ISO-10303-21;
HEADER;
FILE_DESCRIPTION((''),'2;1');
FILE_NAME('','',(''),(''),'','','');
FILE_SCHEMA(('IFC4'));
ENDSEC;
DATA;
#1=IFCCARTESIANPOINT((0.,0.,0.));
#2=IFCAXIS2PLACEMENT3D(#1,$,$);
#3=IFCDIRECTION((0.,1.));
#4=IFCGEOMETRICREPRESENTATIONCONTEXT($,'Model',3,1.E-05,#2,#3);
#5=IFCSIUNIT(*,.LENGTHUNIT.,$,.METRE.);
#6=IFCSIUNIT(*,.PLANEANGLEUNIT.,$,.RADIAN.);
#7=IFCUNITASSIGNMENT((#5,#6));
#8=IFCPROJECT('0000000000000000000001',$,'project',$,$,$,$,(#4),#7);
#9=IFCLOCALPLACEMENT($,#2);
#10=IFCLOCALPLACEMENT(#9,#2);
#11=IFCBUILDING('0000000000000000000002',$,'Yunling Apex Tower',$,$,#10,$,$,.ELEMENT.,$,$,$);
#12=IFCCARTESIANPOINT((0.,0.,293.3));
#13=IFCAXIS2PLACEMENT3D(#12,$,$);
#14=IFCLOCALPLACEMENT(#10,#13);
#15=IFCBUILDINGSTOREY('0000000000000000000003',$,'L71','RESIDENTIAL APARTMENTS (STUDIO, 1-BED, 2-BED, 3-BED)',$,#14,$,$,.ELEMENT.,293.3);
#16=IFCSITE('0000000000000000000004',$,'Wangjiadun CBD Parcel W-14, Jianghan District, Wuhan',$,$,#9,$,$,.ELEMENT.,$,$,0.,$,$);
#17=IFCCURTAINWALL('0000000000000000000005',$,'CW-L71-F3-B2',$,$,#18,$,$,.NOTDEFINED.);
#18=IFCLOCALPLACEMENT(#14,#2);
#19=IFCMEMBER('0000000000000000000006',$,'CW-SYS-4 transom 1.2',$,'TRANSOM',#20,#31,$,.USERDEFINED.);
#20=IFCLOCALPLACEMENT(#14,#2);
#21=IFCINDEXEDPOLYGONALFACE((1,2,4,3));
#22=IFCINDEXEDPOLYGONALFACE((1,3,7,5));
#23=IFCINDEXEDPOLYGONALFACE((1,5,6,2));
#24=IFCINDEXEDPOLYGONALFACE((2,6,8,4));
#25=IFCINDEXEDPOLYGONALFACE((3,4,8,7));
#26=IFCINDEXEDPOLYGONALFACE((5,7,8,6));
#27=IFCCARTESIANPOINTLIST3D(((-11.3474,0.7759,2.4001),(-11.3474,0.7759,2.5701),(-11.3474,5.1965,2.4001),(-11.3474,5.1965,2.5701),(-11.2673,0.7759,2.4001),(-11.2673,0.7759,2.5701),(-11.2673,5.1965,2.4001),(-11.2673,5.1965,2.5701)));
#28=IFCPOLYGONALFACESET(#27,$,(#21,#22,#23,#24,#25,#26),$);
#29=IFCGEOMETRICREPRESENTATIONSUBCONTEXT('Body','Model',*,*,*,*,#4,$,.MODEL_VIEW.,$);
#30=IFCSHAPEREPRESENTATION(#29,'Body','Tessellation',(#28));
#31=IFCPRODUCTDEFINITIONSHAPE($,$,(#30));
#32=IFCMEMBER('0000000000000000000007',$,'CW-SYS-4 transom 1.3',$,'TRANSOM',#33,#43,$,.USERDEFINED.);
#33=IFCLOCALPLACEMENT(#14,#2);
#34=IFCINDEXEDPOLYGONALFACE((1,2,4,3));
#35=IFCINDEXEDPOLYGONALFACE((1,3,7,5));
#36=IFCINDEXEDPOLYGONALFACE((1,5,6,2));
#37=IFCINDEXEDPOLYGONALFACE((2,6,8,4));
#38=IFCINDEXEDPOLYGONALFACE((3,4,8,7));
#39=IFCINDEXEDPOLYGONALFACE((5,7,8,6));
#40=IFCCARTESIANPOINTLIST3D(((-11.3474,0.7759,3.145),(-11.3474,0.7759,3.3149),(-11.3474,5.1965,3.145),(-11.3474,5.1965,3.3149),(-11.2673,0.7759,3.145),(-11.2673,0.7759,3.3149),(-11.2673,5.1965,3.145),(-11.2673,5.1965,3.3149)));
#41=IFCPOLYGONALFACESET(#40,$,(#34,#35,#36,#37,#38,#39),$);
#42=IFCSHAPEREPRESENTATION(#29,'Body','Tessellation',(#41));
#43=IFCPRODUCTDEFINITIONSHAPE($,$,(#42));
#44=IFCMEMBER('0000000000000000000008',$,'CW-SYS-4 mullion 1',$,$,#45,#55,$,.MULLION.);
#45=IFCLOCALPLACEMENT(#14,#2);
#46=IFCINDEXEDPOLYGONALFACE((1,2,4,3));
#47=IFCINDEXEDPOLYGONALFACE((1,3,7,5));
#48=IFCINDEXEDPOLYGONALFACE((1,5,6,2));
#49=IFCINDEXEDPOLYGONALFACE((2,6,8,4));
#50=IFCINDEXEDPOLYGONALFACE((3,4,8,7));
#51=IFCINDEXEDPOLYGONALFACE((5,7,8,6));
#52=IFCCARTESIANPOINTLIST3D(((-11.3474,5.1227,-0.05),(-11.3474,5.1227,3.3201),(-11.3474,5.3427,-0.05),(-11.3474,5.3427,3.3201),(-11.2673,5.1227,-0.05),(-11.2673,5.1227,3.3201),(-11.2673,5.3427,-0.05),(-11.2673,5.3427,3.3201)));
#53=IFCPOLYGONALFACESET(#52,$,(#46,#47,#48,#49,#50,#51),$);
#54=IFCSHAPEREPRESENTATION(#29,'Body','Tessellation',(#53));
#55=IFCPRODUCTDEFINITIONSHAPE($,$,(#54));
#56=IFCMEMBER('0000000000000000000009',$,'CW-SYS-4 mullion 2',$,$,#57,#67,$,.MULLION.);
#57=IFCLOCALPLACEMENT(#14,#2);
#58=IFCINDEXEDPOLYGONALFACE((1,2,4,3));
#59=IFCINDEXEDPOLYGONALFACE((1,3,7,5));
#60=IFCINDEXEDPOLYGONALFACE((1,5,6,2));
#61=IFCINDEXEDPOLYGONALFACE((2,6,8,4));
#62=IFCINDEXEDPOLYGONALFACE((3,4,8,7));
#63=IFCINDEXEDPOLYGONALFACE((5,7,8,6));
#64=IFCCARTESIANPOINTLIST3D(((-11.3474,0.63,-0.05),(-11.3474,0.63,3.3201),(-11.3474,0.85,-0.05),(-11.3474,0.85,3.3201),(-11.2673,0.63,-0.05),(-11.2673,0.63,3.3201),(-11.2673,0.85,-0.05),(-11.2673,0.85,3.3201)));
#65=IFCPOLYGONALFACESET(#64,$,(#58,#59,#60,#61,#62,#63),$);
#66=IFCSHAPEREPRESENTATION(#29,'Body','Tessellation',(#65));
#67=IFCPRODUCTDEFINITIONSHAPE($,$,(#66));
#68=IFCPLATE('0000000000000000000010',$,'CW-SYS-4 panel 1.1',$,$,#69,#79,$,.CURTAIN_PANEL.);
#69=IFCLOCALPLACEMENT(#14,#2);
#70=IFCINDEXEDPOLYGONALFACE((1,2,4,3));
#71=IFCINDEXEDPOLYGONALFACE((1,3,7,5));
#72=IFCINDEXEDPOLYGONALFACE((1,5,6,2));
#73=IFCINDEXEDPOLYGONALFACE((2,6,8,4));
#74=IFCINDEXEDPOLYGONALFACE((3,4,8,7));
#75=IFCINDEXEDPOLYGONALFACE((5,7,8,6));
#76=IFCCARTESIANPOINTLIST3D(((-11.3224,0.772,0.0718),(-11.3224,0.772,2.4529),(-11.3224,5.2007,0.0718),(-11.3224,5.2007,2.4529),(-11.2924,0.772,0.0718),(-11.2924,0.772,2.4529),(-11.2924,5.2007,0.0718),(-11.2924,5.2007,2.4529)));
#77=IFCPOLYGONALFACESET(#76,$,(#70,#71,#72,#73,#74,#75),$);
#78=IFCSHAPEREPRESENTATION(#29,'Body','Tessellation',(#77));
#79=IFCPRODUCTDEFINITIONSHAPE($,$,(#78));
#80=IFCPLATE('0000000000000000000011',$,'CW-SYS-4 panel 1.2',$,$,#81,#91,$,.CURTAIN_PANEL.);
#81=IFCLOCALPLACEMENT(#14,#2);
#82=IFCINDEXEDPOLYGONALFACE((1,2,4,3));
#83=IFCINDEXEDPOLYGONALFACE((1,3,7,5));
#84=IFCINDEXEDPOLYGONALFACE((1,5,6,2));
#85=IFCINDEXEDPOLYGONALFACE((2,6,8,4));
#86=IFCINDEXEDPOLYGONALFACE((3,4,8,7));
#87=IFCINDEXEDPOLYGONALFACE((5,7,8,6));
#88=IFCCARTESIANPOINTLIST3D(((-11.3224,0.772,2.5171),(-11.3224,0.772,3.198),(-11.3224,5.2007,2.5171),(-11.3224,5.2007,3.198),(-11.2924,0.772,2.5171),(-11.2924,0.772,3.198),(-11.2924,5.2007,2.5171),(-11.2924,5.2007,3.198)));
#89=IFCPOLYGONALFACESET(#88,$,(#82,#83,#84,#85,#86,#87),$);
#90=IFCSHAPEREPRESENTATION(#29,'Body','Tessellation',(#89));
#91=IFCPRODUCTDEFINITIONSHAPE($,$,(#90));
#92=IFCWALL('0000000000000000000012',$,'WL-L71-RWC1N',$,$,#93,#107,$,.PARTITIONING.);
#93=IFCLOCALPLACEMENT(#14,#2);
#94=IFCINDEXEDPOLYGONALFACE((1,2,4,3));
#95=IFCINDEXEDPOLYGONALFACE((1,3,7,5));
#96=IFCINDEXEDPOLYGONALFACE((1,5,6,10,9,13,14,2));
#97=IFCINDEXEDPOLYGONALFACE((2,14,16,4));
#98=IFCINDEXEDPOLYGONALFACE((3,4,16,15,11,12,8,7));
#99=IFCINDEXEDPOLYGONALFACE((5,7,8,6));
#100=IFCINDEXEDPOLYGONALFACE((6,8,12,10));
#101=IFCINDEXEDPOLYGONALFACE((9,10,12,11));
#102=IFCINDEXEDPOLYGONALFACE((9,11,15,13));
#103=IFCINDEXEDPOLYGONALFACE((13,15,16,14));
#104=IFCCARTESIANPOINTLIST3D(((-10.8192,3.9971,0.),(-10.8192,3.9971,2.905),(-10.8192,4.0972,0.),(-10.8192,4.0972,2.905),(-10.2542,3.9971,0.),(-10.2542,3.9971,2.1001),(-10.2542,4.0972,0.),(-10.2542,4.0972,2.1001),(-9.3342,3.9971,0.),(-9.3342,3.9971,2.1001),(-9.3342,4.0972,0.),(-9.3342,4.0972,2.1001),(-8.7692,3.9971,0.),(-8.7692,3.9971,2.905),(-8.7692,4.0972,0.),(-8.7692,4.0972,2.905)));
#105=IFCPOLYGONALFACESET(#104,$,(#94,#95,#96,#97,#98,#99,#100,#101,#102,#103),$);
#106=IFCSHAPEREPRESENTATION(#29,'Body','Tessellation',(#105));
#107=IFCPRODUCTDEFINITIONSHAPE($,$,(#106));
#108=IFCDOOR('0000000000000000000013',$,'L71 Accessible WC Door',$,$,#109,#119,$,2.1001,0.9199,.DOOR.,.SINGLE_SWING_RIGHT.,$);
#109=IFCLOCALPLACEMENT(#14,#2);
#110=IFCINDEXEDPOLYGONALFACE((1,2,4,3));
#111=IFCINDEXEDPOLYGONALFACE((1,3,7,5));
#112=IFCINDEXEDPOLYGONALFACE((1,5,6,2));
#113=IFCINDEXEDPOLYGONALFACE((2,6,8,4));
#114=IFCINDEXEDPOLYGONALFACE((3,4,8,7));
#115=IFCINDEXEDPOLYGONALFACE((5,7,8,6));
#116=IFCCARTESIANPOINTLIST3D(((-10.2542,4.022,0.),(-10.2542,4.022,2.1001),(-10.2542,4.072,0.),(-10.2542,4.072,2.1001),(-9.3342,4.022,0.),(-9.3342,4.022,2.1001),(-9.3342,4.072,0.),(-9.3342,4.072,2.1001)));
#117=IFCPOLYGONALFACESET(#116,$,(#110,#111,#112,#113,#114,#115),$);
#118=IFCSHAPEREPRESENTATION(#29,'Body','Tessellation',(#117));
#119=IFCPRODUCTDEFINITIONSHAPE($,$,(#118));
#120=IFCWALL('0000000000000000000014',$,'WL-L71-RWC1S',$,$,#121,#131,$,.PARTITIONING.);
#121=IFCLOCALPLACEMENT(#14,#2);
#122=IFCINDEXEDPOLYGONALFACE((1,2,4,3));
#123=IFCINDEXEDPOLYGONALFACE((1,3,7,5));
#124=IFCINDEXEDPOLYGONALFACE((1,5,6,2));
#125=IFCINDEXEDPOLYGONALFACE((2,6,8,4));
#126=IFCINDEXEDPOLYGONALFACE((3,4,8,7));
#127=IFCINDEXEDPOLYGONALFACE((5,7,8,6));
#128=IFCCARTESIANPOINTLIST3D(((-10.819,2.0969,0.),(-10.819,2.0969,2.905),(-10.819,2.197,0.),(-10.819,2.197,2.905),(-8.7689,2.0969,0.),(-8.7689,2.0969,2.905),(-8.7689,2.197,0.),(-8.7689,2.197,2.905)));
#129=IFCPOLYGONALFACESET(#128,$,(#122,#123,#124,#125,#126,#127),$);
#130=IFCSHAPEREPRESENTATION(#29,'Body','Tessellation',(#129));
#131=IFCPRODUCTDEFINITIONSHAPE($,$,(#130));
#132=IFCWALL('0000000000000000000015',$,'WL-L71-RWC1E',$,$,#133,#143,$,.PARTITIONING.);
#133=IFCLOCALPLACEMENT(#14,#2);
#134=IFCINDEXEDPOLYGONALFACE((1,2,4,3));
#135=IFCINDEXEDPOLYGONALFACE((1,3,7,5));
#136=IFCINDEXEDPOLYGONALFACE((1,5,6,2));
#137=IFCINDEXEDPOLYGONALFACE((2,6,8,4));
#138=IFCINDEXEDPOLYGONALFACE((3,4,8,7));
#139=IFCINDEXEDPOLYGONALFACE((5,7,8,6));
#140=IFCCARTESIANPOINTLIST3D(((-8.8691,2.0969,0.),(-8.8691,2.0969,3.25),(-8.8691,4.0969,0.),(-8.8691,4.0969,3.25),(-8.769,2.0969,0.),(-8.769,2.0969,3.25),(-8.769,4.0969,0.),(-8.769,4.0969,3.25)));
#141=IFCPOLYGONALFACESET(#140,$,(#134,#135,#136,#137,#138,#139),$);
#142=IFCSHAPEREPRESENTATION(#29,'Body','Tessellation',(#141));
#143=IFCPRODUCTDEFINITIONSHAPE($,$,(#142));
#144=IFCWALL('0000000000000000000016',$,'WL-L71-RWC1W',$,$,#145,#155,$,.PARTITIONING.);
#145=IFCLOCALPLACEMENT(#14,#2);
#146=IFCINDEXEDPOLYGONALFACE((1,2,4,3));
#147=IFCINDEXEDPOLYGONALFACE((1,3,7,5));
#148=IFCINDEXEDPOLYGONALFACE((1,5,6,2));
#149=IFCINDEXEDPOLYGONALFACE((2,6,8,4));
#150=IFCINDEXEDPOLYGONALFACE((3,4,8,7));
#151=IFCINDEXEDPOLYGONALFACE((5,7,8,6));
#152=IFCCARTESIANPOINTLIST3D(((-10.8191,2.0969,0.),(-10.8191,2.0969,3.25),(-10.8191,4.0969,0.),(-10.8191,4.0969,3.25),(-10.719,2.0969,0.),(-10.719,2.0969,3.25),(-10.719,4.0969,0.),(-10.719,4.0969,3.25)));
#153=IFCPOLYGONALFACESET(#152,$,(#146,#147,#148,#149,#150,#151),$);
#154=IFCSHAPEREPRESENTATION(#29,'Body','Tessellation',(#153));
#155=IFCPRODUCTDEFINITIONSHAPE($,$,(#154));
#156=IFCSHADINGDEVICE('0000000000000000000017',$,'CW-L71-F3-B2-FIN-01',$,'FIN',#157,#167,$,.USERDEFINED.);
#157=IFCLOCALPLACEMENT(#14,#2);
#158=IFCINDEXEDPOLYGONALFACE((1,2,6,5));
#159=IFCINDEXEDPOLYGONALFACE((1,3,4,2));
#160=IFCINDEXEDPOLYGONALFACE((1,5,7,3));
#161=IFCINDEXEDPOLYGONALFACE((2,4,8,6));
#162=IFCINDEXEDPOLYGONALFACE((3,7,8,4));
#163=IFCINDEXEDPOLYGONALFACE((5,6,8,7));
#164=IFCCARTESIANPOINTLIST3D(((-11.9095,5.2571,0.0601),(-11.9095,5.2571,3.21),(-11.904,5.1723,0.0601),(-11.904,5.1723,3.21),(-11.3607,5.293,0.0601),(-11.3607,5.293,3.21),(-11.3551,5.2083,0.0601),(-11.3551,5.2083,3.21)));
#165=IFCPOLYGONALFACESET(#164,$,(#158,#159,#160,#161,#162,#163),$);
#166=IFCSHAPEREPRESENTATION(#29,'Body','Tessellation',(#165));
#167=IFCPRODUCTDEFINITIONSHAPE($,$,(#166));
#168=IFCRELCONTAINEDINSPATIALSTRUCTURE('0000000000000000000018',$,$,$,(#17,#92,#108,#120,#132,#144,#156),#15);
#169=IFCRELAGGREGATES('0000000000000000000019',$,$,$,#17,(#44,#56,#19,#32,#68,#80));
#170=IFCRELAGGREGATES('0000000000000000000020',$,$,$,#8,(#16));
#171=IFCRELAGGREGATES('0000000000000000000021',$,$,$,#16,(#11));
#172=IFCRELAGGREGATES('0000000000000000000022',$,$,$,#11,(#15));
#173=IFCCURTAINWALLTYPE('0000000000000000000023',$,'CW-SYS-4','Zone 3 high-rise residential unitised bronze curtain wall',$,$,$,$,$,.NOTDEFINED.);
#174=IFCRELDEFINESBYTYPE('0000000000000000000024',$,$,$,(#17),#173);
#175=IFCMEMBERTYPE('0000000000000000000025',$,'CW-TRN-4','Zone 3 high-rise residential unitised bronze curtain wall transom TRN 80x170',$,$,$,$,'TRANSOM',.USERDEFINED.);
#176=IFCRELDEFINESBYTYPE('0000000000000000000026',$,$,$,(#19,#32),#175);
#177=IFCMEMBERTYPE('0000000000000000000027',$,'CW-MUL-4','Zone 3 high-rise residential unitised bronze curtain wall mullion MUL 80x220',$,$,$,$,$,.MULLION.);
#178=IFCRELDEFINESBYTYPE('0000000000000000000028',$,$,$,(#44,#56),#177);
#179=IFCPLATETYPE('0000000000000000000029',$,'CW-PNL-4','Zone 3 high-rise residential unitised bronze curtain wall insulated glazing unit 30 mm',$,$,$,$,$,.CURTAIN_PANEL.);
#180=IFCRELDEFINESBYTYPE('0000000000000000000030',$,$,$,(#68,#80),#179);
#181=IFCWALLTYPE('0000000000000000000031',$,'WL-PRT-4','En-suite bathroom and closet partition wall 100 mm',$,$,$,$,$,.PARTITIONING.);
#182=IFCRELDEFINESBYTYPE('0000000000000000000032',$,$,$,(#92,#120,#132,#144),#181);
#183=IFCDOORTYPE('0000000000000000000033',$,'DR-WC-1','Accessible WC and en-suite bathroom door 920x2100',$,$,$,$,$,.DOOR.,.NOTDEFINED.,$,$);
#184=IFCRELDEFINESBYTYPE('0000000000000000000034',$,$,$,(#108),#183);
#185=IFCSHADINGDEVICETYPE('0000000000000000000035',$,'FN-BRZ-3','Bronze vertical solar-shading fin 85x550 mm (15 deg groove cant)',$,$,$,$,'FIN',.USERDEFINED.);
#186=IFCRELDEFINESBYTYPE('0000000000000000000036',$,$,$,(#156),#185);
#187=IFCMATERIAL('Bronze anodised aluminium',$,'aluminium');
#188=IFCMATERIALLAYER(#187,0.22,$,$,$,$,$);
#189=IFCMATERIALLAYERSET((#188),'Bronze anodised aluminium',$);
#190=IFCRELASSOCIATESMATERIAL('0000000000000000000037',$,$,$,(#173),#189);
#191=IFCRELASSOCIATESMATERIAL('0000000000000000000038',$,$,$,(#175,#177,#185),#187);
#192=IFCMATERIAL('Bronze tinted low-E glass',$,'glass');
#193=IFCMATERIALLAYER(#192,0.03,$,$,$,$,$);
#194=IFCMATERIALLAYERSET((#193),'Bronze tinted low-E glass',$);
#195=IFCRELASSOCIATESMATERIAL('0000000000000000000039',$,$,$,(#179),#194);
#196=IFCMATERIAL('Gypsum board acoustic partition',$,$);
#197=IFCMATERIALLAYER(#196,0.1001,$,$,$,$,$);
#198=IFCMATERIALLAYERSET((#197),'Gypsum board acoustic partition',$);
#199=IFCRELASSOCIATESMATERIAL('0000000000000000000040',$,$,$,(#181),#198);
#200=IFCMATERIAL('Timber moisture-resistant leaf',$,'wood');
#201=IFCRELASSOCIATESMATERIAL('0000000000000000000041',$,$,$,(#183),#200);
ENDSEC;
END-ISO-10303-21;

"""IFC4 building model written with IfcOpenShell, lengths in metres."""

from ifc_helpers import new_model, si_unit, direction, frame, frame_2d, origin, origin_2d, place, context, subcontext, project, spatial, rectangle, extrude, source, transform, mapped, material, layer, layer_set, material_profile, profile_set, type_object, element, fill, aggregate, save


model = new_model("IFC4")

# Units and contexts
model_context = context("Model", 3, precision=1e-05, world=origin(), true_north=direction((0.0, 1.0)))
body_context = subcontext(model_context, "Body", "Model", "MODEL_VIEW")
ifc_project = project(units=[si_unit("LENGTHUNIT", "METRE"), si_unit("PLANEANGLEUNIT", "RADIAN")], contexts=[model_context])

# Site, building, storey
site_placement = place(None, origin())
site = spatial("IfcSite", under=ifc_project, at=site_placement, Name="Wangjiadun CBD Parcel W-14, Jianghan District, Wuhan", CompositionType="ELEMENT", RefElevation=0.0)
building_placement = place(site_placement, origin())
building = spatial("IfcBuilding", under=site, at=building_placement, Name="Yunling Apex Tower", CompositionType="ELEMENT")
storey_placement = place(building_placement, frame((0.0, 0.0, 293.3)))
storey = spatial("IfcBuildingStorey", under=building, at=storey_placement, Name="L71", Description="RESIDENTIAL APARTMENTS (STUDIO, 1-BED, 2-BED, 3-BED)", CompositionType="ELEMENT", Elevation=293.3)

# Curtain wall, members, plates
ifc_material_1 = material(Name="Bronze anodised aluminium", Category="aluminium")
ifc_layer_1 = layer(ifc_material_1, 0.22)
ifc_layer_set_1 = layer_set([ifc_layer_1], Name="Bronze anodised aluminium")
curtain_wall_type = type_object("IfcCurtainWallType", Name="CW-SYS-4", Description="Zone 3 high-rise residential unitised bronze curtain wall", PredefinedType="NOTDEFINED", material=ifc_layer_set_1)
curtain_wall_placement = place(storey_placement, origin())
curtain_wall = element("IfcCurtainWall", 1, at=curtain_wall_placement, inside=storey, type_object=curtain_wall_type, Name="CW-L71-F3-B2", PredefinedType="NOTDEFINED")
ifc_material_profile_1 = material_profile(ifc_material_1, rectangle(XDim=0.0801, YDim=0.1699, at=origin_2d()))
ifc_profile_set_1 = profile_set([ifc_material_profile_1], Name="Bronze anodised aluminium")
member_type_1 = type_object("IfcMemberType", Name="CW-TRN-4", Description="Zone 3 high-rise residential unitised bronze curtain wall transom TRN 80x170", ElementType="TRANSOM", PredefinedType="USERDEFINED", material=ifc_profile_set_1)
shared_shape_1 = source(origin(), body_context, "Body", "SweptSolid", [
    extrude(rectangle(XDim=0.0801, YDim=0.1699, at=origin_2d()), origin(), (0.0, 0.0, 1.0), 4.4207),
])
member_1_placement = place(storey_placement, frame((-11.3074, 5.1965, 2.4851), z_axis=(0.0, -1.0, 0.0), x_axis=(1.0, 0.0, 0.0)))
member_1 = element("IfcMember", 2, at=member_1_placement, type_object=member_type_1, Name="CW-SYS-4 transom 1.2", ObjectType="TRANSOM", PredefinedType="USERDEFINED", context=body_context, shape_type="MappedRepresentation", body=[
    mapped(shared_shape_1, transform((0.0, 0.0, 0.0), scale=1.0)),
])
member_2_placement = place(storey_placement, frame((-11.3074, 5.1965, 3.23), z_axis=(0.0, -1.0, 0.0), x_axis=(1.0, 0.0, 0.0)))
member_2 = element("IfcMember", 3, at=member_2_placement, type_object=member_type_1, Name="CW-SYS-4 transom 1.3", ObjectType="TRANSOM", PredefinedType="USERDEFINED", context=body_context, shape_type="MappedRepresentation", body=[
    mapped(shared_shape_1, transform((0.0, 0.0, 0.0), scale=1.0)),
])
ifc_material_profile_2 = material_profile(ifc_material_1, rectangle(XDim=0.0801, YDim=0.22, at=origin_2d()))
ifc_profile_set_2 = profile_set([ifc_material_profile_2], Name="Bronze anodised aluminium")
member_type_2 = type_object("IfcMemberType", Name="CW-MUL-4", Description="Zone 3 high-rise residential unitised bronze curtain wall mullion MUL 80x220", PredefinedType="MULLION", material=ifc_profile_set_2)
shared_shape_2 = source(origin(), body_context, "Body", "SweptSolid", [
    extrude(rectangle(XDim=0.0801, YDim=0.22, at=origin_2d()), origin(), (0.0, 0.0, 1.0), 3.3701),
])
member_3_placement = place(storey_placement, frame((-11.3074, 5.2327, -0.05), z_axis=(0.0, 0.0, 1.0), x_axis=(1.0, 0.0, 0.0)))
member_3 = element("IfcMember", 4, at=member_3_placement, type_object=member_type_2, Name="CW-SYS-4 mullion 1", PredefinedType="MULLION", context=body_context, shape_type="MappedRepresentation", body=[
    mapped(shared_shape_2, transform((0.0, 0.0, 0.0), scale=1.0)),
])
member_4_placement = place(storey_placement, frame((-11.3074, 0.74, -0.05), z_axis=(0.0, 0.0, 1.0), x_axis=(1.0, 0.0, 0.0)))
member_4 = element("IfcMember", 5, at=member_4_placement, type_object=member_type_2, Name="CW-SYS-4 mullion 2", PredefinedType="MULLION", context=body_context, shape_type="MappedRepresentation", body=[
    mapped(shared_shape_2, transform((0.0, 0.0, 0.0), scale=1.0)),
])
ifc_material_2 = material(Name="Bronze tinted low-E glass", Category="glass")
ifc_layer_2 = layer(ifc_material_2, 0.03)
ifc_layer_set_2 = layer_set([ifc_layer_2], Name="Bronze tinted low-E glass")
plate_type = type_object("IfcPlateType", Name="CW-PNL-4", Description="Zone 3 high-rise residential unitised bronze curtain wall insulated glazing unit 30 mm", PredefinedType="CURTAIN_PANEL", material=ifc_layer_set_2)
shared_shape_3 = source(origin(), body_context, "Body", "SweptSolid", [
    extrude(rectangle(XDim=4.4287, YDim=0.03, at=origin_2d()), origin(), (0.0, 0.0, 1.0), 2.3811),
])
plate_1_placement = place(storey_placement, frame((-11.3074, 2.9863, 0.0718), z_axis=(0.0, 0.0, 1.0), x_axis=(0.0, -1.0, 0.0)))
plate_1 = element("IfcPlate", 6, at=plate_1_placement, type_object=plate_type, Name="CW-SYS-4 panel 1.1", PredefinedType="CURTAIN_PANEL", context=body_context, shape_type="MappedRepresentation", body=[
    mapped(shared_shape_3, transform((0.0, 0.0, 0.0), scale=1.0)),
])
shared_shape_4 = source(origin(), body_context, "Body", "SweptSolid", [
    extrude(rectangle(XDim=4.4287, YDim=0.03, at=origin_2d()), origin(), (0.0, 0.0, 1.0), 0.6809),
])
plate_2_placement = place(storey_placement, frame((-11.3074, 2.9863, 2.5171), z_axis=(0.0, 0.0, 1.0), x_axis=(0.0, -1.0, 0.0)))
plate_2 = element("IfcPlate", 7, at=plate_2_placement, type_object=plate_type, Name="CW-SYS-4 panel 1.2", PredefinedType="CURTAIN_PANEL", context=body_context, shape_type="MappedRepresentation", body=[
    mapped(shared_shape_4, transform((0.0, 0.0, 0.0), scale=1.0)),
])
aggregate(curtain_wall, [member_3, member_4, member_1, member_2, plate_1, plate_2])

# Wall, opening, door
ifc_material_3 = material(Name="Gypsum board acoustic partition")
ifc_layer_3 = layer(ifc_material_3, 0.1001)
ifc_layer_set_3 = layer_set([ifc_layer_3], Name="Gypsum board acoustic partition")
wall_type = type_object("IfcWallType", Name="WL-PRT-4", Description="En-suite bathroom and closet partition wall 100 mm", PredefinedType="PARTITIONING", material=ifc_layer_set_3)
wall_1_placement = place(storey_placement, frame((-10.8191, 4.0471, 0.0), z_axis=(0.0, 0.0, 1.0), x_axis=(1.0, 0.0, 0.0)))
wall_1 = element("IfcWall", 8, at=wall_1_placement, inside=storey, type_object=wall_type, Name="WL-L71-RWC1N", PredefinedType="PARTITIONING", context=body_context, shape_type="SweptSolid", body=[
    extrude(rectangle(XDim=2.05, YDim=0.1001, at=frame_2d((1.0249, 0.0))), origin(), (0.0, 0.0, 1.0), 2.905),
])
opening_placement = place(wall_1_placement, frame((0.5649, 0.0, 0.0)))
opening = element("IfcOpeningElement", 9, at=opening_placement, cuts=wall_1, PredefinedType="OPENING", context=body_context, shape_type="SweptSolid", body=[
    extrude(rectangle(XDim=0.9199, YDim=2.1001, at=frame_2d((0.46, 1.05))), frame((0.0, 0.0601, 0.0), z_axis=(0.0, -1.0, 0.0), x_axis=(1.0, 0.0, 0.0)), (0.0, 0.0, 1.0), 0.1201),
])
ifc_material_4 = material(Name="Timber moisture-resistant leaf", Category="wood")
door_type = type_object("IfcDoorType", Name="DR-WC-1", Description="Accessible WC and en-suite bathroom door 920x2100", OperationType="NOTDEFINED", PredefinedType="DOOR", material=ifc_material_4)
door_placement = place(opening_placement, origin())
door = element("IfcDoor", 10, at=door_placement, inside=storey, type_object=door_type, Name="L71 Accessible WC Door", OperationType="SINGLE_SWING_RIGHT", OverallHeight=2.1001, OverallWidth=0.9199, PredefinedType="DOOR", context=body_context, shape_type="SweptSolid", body=[
    extrude(rectangle(XDim=0.9199, YDim=2.1001, at=frame_2d((0.46, 1.05))), frame((0.0, 0.0249, 0.0), z_axis=(0.0, -1.0, 0.0), x_axis=(1.0, 0.0, 0.0)), (0.0, 0.0, 1.0), 0.05),
])
fill(opening, door)

# Walls
wall_2_placement = place(storey_placement, frame((-8.769, 2.147, 0.0), z_axis=(0.0, 0.0, 1.0), x_axis=(-1.0, 0.0, 0.0)))
element("IfcWall", 11, at=wall_2_placement, inside=storey, type_object=wall_type, Name="WL-L71-RWC1S", PredefinedType="PARTITIONING", context=body_context, shape_type="SweptSolid", body=[
    extrude(rectangle(XDim=2.05, YDim=0.1001, at=frame_2d((1.0249, 0.0))), origin(), (0.0, 0.0, 1.0), 2.905),
])
for number, where, z_axis, x_axis, name in (
    (12, (-8.8191, 4.0969, 0.0), (0.0, 0.0, 1.0), (0.0, -1.0, 0.0), "WL-L71-RWC1E"),
    (13, (-10.769, 2.0969, 0.0), (0.0, 0.0, 1.0), (0.0, 1.0, 0.0), "WL-L71-RWC1W"),
):
    element("IfcWall", number, at=place(storey_placement, frame(where, z_axis=z_axis, x_axis=x_axis)), inside=storey, type_object=wall_type, Name=name, PredefinedType="PARTITIONING", context=body_context, shape_type="SweptSolid", body=[
        extrude(rectangle(XDim=2.0, YDim=0.1001, at=frame_2d((1.0, 0.0))), origin(), (0.0, 0.0, 1.0), 3.25),
    ])

# Shading device
ifc_material_profile_3 = material_profile(ifc_material_1, rectangle(XDim=0.085, YDim=0.55, at=origin_2d()))
ifc_profile_set_3 = profile_set([ifc_material_profile_3], Name="Bronze anodised aluminium")
shading_device_type = type_object("IfcShadingDeviceType", Name="FN-BRZ-3", Description="Bronze vertical solar-shading fin 85x550 mm (15 deg groove cant)", ElementType="FIN", PredefinedType="USERDEFINED", material=ifc_profile_set_3)
shared_shape_5 = source(origin(), body_context, "Body", "SweptSolid", [
    extrude(rectangle(XDim=0.085, YDim=0.55, at=origin_2d()), origin(), (0.0, 0.0, 1.0), 3.1499),
])
shading_device_placement = place(storey_placement, frame((-11.6323, 5.2327, 0.0601), z_axis=(0.0, 0.0, 1.0), x_axis=(0.065403, -0.997859, 0.0)))
element("IfcShadingDevice", 14, at=shading_device_placement, inside=storey, type_object=shading_device_type, Name="CW-L71-F3-B2-FIN-01", ObjectType="FIN", PredefinedType="USERDEFINED", context=body_context, shape_type="MappedRepresentation", body=[
    mapped(shared_shape_5, transform((0.0, 0.0, 0.0), scale=1.0)),
])

save(model, "model.ifc")
